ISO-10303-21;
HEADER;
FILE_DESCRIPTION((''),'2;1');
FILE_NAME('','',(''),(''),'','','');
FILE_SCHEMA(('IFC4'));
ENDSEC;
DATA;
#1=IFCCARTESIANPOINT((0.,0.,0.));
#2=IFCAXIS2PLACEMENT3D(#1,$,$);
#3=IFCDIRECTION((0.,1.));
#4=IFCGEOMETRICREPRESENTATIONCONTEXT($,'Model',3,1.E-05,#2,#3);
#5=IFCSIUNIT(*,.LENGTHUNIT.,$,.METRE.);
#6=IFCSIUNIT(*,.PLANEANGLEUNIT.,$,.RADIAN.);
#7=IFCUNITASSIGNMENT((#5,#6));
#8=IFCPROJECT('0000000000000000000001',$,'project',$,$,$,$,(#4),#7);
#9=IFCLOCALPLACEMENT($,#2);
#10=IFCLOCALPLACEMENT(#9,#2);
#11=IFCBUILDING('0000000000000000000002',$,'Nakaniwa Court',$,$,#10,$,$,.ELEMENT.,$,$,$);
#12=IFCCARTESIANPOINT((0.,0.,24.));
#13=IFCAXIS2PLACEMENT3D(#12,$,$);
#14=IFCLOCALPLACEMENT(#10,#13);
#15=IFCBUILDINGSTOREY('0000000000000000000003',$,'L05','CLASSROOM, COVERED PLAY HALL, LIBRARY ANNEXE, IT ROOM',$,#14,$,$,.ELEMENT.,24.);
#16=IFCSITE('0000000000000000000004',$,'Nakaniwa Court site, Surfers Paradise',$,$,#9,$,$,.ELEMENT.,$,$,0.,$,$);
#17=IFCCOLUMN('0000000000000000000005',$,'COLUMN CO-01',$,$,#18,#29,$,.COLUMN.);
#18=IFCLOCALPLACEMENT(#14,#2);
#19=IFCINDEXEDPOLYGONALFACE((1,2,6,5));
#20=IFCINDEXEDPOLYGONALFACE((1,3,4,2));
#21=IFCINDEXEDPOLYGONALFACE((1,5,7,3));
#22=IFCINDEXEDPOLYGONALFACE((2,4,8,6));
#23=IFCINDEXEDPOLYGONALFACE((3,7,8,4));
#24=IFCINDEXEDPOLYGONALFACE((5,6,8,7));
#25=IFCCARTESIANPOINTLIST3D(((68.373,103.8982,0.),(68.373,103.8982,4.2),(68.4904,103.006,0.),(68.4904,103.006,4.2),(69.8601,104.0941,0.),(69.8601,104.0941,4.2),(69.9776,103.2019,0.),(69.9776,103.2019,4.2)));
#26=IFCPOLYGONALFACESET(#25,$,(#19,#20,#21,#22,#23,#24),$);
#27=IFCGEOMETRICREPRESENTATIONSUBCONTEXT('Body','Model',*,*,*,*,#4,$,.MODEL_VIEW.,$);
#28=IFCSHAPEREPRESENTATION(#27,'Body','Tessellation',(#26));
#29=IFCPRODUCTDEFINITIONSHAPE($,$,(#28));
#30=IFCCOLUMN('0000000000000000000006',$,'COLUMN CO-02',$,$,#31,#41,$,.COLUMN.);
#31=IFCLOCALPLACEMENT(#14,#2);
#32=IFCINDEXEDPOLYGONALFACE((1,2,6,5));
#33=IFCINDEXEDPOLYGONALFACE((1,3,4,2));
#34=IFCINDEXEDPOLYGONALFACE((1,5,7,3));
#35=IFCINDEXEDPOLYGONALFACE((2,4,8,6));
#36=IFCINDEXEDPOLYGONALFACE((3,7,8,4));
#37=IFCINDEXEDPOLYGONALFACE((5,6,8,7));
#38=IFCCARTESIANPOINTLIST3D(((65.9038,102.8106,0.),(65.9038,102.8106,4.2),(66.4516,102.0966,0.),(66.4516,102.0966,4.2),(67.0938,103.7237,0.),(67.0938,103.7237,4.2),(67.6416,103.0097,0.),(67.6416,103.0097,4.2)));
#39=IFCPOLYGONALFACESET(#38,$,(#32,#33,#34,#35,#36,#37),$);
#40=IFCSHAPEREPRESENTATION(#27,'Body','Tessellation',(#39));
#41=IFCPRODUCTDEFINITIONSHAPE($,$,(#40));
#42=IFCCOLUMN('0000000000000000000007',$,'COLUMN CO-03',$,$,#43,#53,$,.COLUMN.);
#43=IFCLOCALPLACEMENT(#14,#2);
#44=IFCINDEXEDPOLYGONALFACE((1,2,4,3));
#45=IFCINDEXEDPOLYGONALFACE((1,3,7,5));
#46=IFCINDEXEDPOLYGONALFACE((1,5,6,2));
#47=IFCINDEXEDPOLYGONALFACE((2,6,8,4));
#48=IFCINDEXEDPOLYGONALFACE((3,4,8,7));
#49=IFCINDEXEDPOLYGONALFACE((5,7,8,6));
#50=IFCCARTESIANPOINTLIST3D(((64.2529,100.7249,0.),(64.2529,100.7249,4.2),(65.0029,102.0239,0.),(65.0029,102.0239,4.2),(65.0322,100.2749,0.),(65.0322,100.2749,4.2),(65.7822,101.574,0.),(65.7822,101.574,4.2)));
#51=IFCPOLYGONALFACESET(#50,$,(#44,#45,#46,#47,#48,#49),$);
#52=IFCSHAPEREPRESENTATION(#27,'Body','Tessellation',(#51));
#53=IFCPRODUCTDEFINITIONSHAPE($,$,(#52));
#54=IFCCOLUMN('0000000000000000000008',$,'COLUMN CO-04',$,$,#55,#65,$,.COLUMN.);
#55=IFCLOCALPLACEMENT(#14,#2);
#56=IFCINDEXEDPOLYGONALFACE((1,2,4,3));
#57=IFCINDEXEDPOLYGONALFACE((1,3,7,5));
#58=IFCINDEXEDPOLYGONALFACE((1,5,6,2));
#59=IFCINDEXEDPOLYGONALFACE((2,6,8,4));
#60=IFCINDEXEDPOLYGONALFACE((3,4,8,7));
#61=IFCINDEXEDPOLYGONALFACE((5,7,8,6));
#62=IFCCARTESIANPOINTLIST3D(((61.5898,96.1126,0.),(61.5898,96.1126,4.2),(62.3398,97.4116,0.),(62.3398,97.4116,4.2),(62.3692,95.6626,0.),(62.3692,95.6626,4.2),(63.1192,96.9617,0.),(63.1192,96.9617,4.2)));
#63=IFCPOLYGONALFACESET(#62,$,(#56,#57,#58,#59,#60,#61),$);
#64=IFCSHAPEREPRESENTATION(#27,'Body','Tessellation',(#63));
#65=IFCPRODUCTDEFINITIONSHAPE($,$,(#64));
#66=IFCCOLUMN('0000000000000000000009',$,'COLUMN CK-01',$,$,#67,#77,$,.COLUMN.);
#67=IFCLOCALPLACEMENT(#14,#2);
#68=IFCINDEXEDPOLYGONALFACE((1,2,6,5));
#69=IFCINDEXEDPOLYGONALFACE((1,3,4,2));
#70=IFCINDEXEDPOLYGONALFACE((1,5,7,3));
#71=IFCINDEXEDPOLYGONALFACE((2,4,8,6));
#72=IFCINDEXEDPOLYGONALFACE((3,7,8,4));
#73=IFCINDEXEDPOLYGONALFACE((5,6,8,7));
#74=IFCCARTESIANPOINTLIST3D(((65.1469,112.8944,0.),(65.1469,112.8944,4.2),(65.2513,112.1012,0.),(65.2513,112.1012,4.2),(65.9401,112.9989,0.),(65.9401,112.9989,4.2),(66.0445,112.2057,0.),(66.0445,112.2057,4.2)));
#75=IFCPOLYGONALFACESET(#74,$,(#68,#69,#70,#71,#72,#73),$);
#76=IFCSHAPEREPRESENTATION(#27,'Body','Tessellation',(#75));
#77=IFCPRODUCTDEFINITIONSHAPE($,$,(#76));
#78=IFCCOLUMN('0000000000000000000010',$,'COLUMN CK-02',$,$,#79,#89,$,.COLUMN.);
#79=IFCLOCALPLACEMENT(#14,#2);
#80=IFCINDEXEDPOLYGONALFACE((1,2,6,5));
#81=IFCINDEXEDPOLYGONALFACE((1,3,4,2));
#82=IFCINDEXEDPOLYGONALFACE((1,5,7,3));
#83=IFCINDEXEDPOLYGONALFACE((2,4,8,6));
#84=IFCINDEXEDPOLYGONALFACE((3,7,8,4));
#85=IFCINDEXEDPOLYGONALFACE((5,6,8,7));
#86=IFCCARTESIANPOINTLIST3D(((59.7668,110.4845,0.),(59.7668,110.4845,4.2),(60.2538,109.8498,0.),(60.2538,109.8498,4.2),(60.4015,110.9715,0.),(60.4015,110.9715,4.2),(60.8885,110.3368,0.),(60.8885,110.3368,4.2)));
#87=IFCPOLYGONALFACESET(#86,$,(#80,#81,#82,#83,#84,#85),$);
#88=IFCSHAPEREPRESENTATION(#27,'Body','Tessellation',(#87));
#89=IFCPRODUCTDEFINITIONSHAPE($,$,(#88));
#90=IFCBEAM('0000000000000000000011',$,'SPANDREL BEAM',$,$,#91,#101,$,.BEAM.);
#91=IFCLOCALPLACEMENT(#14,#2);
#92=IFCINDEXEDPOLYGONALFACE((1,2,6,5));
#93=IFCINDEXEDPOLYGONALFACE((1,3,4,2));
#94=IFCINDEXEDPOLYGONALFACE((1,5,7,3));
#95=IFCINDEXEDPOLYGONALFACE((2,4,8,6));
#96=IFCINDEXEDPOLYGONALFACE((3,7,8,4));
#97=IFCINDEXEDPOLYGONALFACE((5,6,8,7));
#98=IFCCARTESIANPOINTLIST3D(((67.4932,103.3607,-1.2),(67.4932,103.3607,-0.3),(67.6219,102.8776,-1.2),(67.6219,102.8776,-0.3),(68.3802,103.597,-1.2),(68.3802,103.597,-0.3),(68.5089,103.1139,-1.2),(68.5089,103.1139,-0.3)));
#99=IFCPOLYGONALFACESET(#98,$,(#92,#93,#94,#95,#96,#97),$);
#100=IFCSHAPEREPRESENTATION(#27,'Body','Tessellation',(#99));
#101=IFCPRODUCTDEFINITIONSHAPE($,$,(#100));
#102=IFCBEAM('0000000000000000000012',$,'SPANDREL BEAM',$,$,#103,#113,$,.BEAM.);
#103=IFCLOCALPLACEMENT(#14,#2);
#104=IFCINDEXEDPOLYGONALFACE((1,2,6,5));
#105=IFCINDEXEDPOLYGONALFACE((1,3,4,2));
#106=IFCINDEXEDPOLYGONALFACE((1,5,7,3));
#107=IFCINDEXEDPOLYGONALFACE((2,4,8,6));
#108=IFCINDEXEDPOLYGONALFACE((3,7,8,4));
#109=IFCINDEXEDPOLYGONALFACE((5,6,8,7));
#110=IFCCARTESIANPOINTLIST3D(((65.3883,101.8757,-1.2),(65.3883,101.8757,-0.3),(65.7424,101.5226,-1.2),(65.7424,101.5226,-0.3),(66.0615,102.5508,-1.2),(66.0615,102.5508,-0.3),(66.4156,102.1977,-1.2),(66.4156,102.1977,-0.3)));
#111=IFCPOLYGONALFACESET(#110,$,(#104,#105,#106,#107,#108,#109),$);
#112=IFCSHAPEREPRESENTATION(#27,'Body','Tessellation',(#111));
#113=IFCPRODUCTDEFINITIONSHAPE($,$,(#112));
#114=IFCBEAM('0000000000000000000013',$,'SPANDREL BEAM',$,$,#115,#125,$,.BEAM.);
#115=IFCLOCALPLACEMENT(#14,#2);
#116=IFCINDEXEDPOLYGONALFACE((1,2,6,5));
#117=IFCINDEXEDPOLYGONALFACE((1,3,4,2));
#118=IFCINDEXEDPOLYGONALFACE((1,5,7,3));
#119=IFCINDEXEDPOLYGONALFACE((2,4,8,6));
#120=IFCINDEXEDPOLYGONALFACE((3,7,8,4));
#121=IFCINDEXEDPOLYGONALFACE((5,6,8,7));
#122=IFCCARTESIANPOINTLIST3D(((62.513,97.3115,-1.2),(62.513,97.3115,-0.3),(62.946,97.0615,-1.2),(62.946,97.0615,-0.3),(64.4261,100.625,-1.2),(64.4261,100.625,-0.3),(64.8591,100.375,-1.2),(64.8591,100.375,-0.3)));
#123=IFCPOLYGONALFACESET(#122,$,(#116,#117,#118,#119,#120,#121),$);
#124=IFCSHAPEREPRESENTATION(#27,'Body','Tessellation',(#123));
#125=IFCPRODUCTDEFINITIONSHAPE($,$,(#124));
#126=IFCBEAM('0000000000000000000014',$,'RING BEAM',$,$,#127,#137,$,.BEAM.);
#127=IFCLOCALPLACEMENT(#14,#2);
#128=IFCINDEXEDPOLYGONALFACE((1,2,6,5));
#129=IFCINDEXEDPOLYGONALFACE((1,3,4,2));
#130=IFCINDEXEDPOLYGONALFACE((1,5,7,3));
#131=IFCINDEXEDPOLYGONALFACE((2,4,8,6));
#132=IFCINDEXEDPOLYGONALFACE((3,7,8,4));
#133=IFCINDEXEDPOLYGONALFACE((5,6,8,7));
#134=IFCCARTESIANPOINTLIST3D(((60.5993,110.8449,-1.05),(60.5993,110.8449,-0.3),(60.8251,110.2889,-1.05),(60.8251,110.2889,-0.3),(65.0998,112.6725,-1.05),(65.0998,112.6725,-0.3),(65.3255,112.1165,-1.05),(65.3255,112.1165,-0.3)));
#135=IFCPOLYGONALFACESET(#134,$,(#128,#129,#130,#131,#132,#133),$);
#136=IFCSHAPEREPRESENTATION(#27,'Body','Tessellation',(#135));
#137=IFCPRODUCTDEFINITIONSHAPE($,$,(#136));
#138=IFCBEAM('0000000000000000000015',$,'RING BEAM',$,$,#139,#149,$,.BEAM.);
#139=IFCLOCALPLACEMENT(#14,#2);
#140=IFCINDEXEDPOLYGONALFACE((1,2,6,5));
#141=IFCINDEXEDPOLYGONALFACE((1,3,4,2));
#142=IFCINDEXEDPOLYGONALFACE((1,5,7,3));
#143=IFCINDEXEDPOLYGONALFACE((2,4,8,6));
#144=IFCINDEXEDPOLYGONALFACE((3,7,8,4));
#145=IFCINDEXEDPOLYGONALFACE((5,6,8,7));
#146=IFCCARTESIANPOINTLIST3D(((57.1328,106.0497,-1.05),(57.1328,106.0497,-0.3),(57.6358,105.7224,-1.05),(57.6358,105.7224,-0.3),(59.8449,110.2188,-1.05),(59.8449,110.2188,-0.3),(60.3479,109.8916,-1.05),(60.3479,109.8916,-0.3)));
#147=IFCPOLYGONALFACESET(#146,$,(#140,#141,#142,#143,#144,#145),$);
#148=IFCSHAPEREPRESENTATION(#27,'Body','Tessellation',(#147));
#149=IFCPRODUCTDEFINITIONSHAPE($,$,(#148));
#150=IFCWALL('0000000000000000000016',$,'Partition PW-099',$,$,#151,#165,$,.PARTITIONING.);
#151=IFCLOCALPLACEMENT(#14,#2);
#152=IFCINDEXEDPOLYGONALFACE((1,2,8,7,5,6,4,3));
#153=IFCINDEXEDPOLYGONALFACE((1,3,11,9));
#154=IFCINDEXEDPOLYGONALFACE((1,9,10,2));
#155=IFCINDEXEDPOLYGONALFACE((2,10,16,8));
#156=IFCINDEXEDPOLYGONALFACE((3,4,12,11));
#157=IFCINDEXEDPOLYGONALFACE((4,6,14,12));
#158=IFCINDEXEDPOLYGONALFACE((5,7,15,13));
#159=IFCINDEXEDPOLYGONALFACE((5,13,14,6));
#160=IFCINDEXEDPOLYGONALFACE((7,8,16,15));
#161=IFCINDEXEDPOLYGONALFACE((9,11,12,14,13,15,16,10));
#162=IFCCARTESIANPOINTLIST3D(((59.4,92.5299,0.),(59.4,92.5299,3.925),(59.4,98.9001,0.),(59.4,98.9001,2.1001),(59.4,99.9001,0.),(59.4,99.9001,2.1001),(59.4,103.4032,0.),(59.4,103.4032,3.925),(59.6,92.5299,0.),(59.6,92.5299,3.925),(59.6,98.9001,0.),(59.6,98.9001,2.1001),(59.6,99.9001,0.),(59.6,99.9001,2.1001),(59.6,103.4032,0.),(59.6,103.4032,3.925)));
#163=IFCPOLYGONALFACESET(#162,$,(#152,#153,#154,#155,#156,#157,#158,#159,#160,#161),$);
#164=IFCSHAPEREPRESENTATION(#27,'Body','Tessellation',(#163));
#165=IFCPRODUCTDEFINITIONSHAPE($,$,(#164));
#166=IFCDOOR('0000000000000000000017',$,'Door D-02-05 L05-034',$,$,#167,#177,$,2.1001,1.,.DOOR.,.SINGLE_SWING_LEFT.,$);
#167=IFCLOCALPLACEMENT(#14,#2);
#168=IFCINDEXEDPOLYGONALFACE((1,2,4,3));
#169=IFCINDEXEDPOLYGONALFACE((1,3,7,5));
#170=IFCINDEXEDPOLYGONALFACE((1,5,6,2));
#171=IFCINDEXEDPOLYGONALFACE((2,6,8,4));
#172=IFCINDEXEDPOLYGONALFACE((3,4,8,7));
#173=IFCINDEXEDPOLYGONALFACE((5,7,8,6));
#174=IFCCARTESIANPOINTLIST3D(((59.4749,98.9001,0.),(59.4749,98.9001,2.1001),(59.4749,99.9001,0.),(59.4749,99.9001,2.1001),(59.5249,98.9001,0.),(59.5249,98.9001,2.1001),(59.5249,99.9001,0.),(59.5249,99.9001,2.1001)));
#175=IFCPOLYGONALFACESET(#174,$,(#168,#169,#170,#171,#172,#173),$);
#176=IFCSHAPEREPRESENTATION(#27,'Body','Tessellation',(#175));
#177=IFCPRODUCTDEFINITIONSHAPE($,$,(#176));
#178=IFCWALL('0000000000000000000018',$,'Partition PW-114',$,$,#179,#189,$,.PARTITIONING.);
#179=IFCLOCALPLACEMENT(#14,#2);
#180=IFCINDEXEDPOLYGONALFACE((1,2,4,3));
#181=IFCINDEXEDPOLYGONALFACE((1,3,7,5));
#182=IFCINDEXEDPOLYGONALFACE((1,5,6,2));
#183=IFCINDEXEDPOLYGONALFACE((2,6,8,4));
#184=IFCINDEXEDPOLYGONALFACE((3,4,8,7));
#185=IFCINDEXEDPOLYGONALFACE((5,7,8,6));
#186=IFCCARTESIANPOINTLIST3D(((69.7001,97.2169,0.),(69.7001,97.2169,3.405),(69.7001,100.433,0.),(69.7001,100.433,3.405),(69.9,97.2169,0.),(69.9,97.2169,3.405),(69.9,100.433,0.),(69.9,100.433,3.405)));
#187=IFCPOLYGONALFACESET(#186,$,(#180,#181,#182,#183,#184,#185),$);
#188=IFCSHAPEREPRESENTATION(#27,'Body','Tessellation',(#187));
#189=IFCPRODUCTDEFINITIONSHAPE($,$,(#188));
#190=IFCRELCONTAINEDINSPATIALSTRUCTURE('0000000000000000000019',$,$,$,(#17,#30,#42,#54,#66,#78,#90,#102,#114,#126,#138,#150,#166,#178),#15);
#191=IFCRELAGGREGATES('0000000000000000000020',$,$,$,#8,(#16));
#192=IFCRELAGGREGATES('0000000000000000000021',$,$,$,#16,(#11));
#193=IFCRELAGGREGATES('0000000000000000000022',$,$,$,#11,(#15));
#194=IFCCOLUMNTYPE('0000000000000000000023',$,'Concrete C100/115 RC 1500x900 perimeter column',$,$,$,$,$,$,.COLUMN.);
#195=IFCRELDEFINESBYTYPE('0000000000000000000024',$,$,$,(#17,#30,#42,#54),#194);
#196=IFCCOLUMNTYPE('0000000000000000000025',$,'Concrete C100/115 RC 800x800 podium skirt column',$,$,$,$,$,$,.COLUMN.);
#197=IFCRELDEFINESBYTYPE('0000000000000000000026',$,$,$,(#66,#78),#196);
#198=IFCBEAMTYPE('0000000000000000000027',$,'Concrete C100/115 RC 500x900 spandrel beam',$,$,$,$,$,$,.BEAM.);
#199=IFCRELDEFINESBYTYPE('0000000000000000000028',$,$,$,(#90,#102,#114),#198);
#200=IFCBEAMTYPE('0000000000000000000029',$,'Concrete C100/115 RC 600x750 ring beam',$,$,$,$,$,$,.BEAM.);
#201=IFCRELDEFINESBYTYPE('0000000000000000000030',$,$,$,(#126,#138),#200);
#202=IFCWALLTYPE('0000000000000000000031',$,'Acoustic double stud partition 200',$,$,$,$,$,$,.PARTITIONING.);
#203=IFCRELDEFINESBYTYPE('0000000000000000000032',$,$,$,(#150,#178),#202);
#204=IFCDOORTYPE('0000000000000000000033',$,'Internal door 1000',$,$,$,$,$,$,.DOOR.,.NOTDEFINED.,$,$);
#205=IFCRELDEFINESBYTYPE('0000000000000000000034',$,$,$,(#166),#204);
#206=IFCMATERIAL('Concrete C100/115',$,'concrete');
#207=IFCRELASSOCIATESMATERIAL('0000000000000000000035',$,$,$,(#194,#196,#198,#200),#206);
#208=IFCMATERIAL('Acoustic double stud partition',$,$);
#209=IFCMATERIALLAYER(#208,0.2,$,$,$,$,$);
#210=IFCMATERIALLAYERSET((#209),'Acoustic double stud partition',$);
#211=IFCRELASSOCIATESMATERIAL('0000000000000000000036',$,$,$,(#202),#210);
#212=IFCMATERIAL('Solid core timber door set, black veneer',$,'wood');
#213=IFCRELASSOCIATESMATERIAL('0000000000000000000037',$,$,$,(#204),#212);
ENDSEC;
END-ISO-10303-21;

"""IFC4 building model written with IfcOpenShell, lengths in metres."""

from ifc_helpers import new_model, si_unit, direction, frame, frame_2d, origin, origin_2d, place, context, subcontext, project, spatial, rectangle, extrude, material, layer, layer_set, material_profile, profile_set, type_object, element, fill, save


model = new_model("IFC4")

# Units and contexts
model_context = context("Model", 3, precision=1e-05, world=origin(), true_north=direction((0.0, 1.0)))
body_context = subcontext(model_context, "Body", "Model", "MODEL_VIEW")
ifc_project = project(units=[si_unit("LENGTHUNIT", "METRE"), si_unit("PLANEANGLEUNIT", "RADIAN")], contexts=[model_context])

# Site, building, storey
site_placement = place(None, origin())
site = spatial("IfcSite", under=ifc_project, at=site_placement, Name="Nakaniwa Court site, Surfers Paradise", CompositionType="ELEMENT", RefElevation=0.0)
building_placement = place(site_placement, origin())
building = spatial("IfcBuilding", under=site, at=building_placement, Name="Nakaniwa Court", CompositionType="ELEMENT")
storey_placement = place(building_placement, frame((0.0, 0.0, 24.0)))
storey = spatial("IfcBuildingStorey", under=building, at=storey_placement, Name="L05", Description="CLASSROOM, COVERED PLAY HALL, LIBRARY ANNEXE, IT ROOM", CompositionType="ELEMENT", Elevation=24.0)

# Columns
ifc_material_1 = material(Name="Concrete C100/115", Category="concrete")
ifc_material_profile_1 = material_profile(ifc_material_1, rectangle(XDim=1.5, YDim=0.8999, at=origin_2d()), Name="Concrete C100/115 RC 1500x900 perimeter column")
ifc_profile_set_1 = profile_set([ifc_material_profile_1], Name="Concrete C100/115")
column_type_1 = type_object("IfcColumnType", Name="Concrete C100/115 RC 1500x900 perimeter column", PredefinedType="COLUMN", material=ifc_profile_set_1)
for number, where, z_axis, x_axis, name in (
    (1, (69.1753, 103.55, 0.0), (0.0, 0.0, 1.0), (-0.991443, -0.130543, 0.0), "COLUMN CO-01"),
    (2, (66.7727, 102.9102, 0.0), (0.0, 0.0, 1.0), (-0.793364, -0.608748, 0.0), "COLUMN CO-02"),
    (3, (65.0176, 101.1494, 0.0), (0.0, 0.0, 1.0), (-0.5, -0.866025, 0.0), "COLUMN CO-03"),
    (4, (62.3545, 96.5371, 0.0), (0.0, 0.0, 1.0), (-0.5, -0.866025, 0.0), "COLUMN CO-04"),
):
    element("IfcColumn", number, at=place(storey_placement, frame(where, z_axis=z_axis, x_axis=x_axis)), inside=storey, type_object=column_type_1, Name=name, PredefinedType="COLUMN", context=body_context, shape_type="SweptSolid", body=[
        extrude(rectangle(XDim=1.5, YDim=0.8999, at=origin_2d()), origin(), (0.0, 0.0, 1.0), 4.2),
    ])
ifc_material_profile_2 = material_profile(ifc_material_1, rectangle(XDim=0.8, YDim=0.8, at=origin_2d()), Name="Concrete C100/115 RC 800x800 podium skirt column")
ifc_profile_set_2 = profile_set([ifc_material_profile_2], Name="Concrete C100/115")
column_type_2 = type_object("IfcColumnType", Name="Concrete C100/115 RC 800x800 podium skirt column", PredefinedType="COLUMN", material=ifc_profile_set_2)
for number, where, z_axis, x_axis, name in (
    (5, (65.5957, 112.55, 0.0), (0.0, 0.0, 1.0), (-0.991445, -0.130526, 0.0), "COLUMN CK-01"),
    (6, (60.3276, 110.4106, 0.0), (0.0, 0.0, 1.0), (-0.793353, -0.608761, 0.0), "COLUMN CK-02"),
):
    element("IfcColumn", number, at=place(storey_placement, frame(where, z_axis=z_axis, x_axis=x_axis)), inside=storey, type_object=column_type_2, Name=name, PredefinedType="COLUMN", context=body_context, shape_type="SweptSolid", body=[
        extrude(rectangle(XDim=0.8, YDim=0.8, at=origin_2d()), origin(), (0.0, 0.0, 1.0), 4.2),
    ])

# Beams
ifc_material_profile_3 = material_profile(ifc_material_1, rectangle(XDim=0.5, YDim=0.8999, at=origin_2d()), Name="Concrete C100/115 RC 500x900 spandrel beam")
ifc_profile_set_3 = profile_set([ifc_material_profile_3], Name="Concrete C100/115")
beam_type_1 = type_object("IfcBeamType", Name="Concrete C100/115 RC 500x900 spandrel beam", PredefinedType="BEAM", material=ifc_profile_set_3)
beam_1_placement = place(storey_placement, frame((68.4446, 103.3555, -0.75), z_axis=(-0.966288, -0.257464, 0.0), x_axis=(0.257464, -0.966288, 0.0)))
element("IfcBeam", 7, at=beam_1_placement, inside=storey, type_object=beam_type_1, Name="SPANDREL BEAM", PredefinedType="BEAM", context=body_context, shape_type="SweptSolid", body=[
    extrude(rectangle(XDim=0.5, YDim=0.8999, at=origin_2d()), origin(), (0.0, 0.0, 1.0), 0.918),
])
beam_2_placement = place(storey_placement, frame((66.2385, 102.3743, -0.75), z_axis=(-0.706082, -0.70813, 0.0), x_axis=(0.70813, -0.706082, 0.0)))
element("IfcBeam", 8, at=beam_2_placement, inside=storey, type_object=beam_type_1, Name="SPANDREL BEAM", PredefinedType="BEAM", context=body_context, shape_type="SweptSolid", body=[
    extrude(rectangle(XDim=0.5, YDim=0.8999, at=origin_2d()), origin(), (0.0, 0.0, 1.0), 0.9534),
])
beam_3_placement = place(storey_placement, frame((64.6426, 100.5, -0.75), z_axis=(-0.50001, -0.86602, 0.0), x_axis=(0.86602, -0.50001, 0.0)))
element("IfcBeam", 9, at=beam_3_placement, inside=storey, type_object=beam_type_1, Name="SPANDREL BEAM", PredefinedType="BEAM", context=body_context, shape_type="SweptSolid", body=[
    extrude(rectangle(XDim=0.5, YDim=0.8999, at=origin_2d()), origin(), (0.0, 0.0, 1.0), 3.8262),
])
ifc_material_profile_4 = material_profile(ifc_material_1, rectangle(XDim=0.6001, YDim=0.75, at=origin_2d()), Name="Concrete C100/115 RC 600x750 ring beam")
ifc_profile_set_4 = profile_set([ifc_material_profile_4], Name="Concrete C100/115")
beam_type_2 = type_object("IfcBeamType", Name="Concrete C100/115 RC 600x750 ring beam", PredefinedType="BEAM", material=ifc_profile_set_4)
beam_4_placement = place(storey_placement, frame((65.2126, 112.3945, -0.675), z_axis=(-0.926516, -0.376256, 0.0), x_axis=(0.376256, -0.926516, 0.0)))
element("IfcBeam", 10, at=beam_4_placement, inside=storey, type_object=beam_type_2, Name="RING BEAM", PredefinedType="BEAM", context=body_context, shape_type="SweptSolid", body=[
    extrude(rectangle(XDim=0.6001, YDim=0.75, at=origin_2d()), origin(), (0.0, 0.0, 1.0), 4.8574),
])
beam_5_placement = place(storey_placement, frame((60.0964, 110.0552, -0.675), z_axis=(-0.545297, -0.838243, 0.0), x_axis=(0.838243, -0.545297, 0.0)))
element("IfcBeam", 11, at=beam_5_placement, inside=storey, type_object=beam_type_2, Name="RING BEAM", PredefinedType="BEAM", context=body_context, shape_type="SweptSolid", body=[
    extrude(rectangle(XDim=0.6001, YDim=0.75, at=origin_2d()), origin(), (0.0, 0.0, 1.0), 4.9736),
])

# Wall, opening, door
ifc_material_2 = material(Name="Acoustic double stud partition")
ifc_layer_1 = layer(ifc_material_2, 0.2)
ifc_layer_set_1 = layer_set([ifc_layer_1], Name="Acoustic double stud partition")
wall_type_1 = type_object("IfcWallType", Name="Acoustic double stud partition 200", PredefinedType="PARTITIONING", material=ifc_layer_set_1)
wall_1_placement = place(storey_placement, frame((59.5, 103.4031, 0.0), z_axis=(0.0, 0.0, 1.0), x_axis=(0.0, -1.0, 0.0)))
wall_1 = element("IfcWall", 12, at=wall_1_placement, inside=storey, type_object=wall_type_1, Name="Partition PW-099", PredefinedType="PARTITIONING", context=body_context, shape_type="SweptSolid", body=[
    extrude(rectangle(XDim=10.8733, YDim=0.2, at=frame_2d((5.4365, 0.0))), origin(), (0.0, 0.0, 1.0), 3.925),
])
opening_1_placement = place(wall_1_placement, frame((3.5029, 0.0, 0.0)))
opening_1 = element("IfcOpeningElement", 13, at=opening_1_placement, cuts=wall_1, PredefinedType="OPENING", context=body_context, shape_type="SweptSolid", body=[
    extrude(rectangle(XDim=1.0, YDim=2.1001, at=frame_2d((0.5, 1.05))), frame((0.0, 0.1099, 0.0), z_axis=(0.0, -1.0, 0.0), x_axis=(1.0, 0.0, 0.0)), (0.0, 0.0, 1.0), 0.22),
])
ifc_material_3 = material(Name="Solid core timber door set, black veneer", Category="wood")
door_type = type_object("IfcDoorType", Name="Internal door 1000", OperationType="NOTDEFINED", PredefinedType="DOOR", material=ifc_material_3)
door_placement = place(opening_1_placement, origin())
door = element("IfcDoor", 14, at=door_placement, inside=storey, type_object=door_type, Name="Door D-02-05 L05-034", OperationType="SINGLE_SWING_LEFT", OverallHeight=2.1001, OverallWidth=1.0, PredefinedType="DOOR", context=body_context, shape_type="SweptSolid", body=[
    extrude(rectangle(XDim=1.0, YDim=2.1001, at=frame_2d((0.5, 1.05))), frame((0.0, 0.0249, 0.0), z_axis=(0.0, -1.0, 0.0), x_axis=(1.0, 0.0, 0.0)), (0.0, 0.0, 1.0), 0.05),
])
fill(opening_1, door)

# Wall
wall_2_placement = place(storey_placement, frame((69.8, 97.217, 0.0), z_axis=(0.0, 0.0, 1.0), x_axis=(0.0, 1.0, 0.0)))
element("IfcWall", 15, at=wall_2_placement, inside=storey, type_object=wall_type_1, Name="Partition PW-114", PredefinedType="PARTITIONING", context=body_context, shape_type="SweptSolid", body=[
    extrude(rectangle(XDim=3.2161, YDim=0.2, at=frame_2d((1.6079, 0.0))), origin(), (0.0, 0.0, 1.0), 3.405),
])

save(model, "model.ifc")
